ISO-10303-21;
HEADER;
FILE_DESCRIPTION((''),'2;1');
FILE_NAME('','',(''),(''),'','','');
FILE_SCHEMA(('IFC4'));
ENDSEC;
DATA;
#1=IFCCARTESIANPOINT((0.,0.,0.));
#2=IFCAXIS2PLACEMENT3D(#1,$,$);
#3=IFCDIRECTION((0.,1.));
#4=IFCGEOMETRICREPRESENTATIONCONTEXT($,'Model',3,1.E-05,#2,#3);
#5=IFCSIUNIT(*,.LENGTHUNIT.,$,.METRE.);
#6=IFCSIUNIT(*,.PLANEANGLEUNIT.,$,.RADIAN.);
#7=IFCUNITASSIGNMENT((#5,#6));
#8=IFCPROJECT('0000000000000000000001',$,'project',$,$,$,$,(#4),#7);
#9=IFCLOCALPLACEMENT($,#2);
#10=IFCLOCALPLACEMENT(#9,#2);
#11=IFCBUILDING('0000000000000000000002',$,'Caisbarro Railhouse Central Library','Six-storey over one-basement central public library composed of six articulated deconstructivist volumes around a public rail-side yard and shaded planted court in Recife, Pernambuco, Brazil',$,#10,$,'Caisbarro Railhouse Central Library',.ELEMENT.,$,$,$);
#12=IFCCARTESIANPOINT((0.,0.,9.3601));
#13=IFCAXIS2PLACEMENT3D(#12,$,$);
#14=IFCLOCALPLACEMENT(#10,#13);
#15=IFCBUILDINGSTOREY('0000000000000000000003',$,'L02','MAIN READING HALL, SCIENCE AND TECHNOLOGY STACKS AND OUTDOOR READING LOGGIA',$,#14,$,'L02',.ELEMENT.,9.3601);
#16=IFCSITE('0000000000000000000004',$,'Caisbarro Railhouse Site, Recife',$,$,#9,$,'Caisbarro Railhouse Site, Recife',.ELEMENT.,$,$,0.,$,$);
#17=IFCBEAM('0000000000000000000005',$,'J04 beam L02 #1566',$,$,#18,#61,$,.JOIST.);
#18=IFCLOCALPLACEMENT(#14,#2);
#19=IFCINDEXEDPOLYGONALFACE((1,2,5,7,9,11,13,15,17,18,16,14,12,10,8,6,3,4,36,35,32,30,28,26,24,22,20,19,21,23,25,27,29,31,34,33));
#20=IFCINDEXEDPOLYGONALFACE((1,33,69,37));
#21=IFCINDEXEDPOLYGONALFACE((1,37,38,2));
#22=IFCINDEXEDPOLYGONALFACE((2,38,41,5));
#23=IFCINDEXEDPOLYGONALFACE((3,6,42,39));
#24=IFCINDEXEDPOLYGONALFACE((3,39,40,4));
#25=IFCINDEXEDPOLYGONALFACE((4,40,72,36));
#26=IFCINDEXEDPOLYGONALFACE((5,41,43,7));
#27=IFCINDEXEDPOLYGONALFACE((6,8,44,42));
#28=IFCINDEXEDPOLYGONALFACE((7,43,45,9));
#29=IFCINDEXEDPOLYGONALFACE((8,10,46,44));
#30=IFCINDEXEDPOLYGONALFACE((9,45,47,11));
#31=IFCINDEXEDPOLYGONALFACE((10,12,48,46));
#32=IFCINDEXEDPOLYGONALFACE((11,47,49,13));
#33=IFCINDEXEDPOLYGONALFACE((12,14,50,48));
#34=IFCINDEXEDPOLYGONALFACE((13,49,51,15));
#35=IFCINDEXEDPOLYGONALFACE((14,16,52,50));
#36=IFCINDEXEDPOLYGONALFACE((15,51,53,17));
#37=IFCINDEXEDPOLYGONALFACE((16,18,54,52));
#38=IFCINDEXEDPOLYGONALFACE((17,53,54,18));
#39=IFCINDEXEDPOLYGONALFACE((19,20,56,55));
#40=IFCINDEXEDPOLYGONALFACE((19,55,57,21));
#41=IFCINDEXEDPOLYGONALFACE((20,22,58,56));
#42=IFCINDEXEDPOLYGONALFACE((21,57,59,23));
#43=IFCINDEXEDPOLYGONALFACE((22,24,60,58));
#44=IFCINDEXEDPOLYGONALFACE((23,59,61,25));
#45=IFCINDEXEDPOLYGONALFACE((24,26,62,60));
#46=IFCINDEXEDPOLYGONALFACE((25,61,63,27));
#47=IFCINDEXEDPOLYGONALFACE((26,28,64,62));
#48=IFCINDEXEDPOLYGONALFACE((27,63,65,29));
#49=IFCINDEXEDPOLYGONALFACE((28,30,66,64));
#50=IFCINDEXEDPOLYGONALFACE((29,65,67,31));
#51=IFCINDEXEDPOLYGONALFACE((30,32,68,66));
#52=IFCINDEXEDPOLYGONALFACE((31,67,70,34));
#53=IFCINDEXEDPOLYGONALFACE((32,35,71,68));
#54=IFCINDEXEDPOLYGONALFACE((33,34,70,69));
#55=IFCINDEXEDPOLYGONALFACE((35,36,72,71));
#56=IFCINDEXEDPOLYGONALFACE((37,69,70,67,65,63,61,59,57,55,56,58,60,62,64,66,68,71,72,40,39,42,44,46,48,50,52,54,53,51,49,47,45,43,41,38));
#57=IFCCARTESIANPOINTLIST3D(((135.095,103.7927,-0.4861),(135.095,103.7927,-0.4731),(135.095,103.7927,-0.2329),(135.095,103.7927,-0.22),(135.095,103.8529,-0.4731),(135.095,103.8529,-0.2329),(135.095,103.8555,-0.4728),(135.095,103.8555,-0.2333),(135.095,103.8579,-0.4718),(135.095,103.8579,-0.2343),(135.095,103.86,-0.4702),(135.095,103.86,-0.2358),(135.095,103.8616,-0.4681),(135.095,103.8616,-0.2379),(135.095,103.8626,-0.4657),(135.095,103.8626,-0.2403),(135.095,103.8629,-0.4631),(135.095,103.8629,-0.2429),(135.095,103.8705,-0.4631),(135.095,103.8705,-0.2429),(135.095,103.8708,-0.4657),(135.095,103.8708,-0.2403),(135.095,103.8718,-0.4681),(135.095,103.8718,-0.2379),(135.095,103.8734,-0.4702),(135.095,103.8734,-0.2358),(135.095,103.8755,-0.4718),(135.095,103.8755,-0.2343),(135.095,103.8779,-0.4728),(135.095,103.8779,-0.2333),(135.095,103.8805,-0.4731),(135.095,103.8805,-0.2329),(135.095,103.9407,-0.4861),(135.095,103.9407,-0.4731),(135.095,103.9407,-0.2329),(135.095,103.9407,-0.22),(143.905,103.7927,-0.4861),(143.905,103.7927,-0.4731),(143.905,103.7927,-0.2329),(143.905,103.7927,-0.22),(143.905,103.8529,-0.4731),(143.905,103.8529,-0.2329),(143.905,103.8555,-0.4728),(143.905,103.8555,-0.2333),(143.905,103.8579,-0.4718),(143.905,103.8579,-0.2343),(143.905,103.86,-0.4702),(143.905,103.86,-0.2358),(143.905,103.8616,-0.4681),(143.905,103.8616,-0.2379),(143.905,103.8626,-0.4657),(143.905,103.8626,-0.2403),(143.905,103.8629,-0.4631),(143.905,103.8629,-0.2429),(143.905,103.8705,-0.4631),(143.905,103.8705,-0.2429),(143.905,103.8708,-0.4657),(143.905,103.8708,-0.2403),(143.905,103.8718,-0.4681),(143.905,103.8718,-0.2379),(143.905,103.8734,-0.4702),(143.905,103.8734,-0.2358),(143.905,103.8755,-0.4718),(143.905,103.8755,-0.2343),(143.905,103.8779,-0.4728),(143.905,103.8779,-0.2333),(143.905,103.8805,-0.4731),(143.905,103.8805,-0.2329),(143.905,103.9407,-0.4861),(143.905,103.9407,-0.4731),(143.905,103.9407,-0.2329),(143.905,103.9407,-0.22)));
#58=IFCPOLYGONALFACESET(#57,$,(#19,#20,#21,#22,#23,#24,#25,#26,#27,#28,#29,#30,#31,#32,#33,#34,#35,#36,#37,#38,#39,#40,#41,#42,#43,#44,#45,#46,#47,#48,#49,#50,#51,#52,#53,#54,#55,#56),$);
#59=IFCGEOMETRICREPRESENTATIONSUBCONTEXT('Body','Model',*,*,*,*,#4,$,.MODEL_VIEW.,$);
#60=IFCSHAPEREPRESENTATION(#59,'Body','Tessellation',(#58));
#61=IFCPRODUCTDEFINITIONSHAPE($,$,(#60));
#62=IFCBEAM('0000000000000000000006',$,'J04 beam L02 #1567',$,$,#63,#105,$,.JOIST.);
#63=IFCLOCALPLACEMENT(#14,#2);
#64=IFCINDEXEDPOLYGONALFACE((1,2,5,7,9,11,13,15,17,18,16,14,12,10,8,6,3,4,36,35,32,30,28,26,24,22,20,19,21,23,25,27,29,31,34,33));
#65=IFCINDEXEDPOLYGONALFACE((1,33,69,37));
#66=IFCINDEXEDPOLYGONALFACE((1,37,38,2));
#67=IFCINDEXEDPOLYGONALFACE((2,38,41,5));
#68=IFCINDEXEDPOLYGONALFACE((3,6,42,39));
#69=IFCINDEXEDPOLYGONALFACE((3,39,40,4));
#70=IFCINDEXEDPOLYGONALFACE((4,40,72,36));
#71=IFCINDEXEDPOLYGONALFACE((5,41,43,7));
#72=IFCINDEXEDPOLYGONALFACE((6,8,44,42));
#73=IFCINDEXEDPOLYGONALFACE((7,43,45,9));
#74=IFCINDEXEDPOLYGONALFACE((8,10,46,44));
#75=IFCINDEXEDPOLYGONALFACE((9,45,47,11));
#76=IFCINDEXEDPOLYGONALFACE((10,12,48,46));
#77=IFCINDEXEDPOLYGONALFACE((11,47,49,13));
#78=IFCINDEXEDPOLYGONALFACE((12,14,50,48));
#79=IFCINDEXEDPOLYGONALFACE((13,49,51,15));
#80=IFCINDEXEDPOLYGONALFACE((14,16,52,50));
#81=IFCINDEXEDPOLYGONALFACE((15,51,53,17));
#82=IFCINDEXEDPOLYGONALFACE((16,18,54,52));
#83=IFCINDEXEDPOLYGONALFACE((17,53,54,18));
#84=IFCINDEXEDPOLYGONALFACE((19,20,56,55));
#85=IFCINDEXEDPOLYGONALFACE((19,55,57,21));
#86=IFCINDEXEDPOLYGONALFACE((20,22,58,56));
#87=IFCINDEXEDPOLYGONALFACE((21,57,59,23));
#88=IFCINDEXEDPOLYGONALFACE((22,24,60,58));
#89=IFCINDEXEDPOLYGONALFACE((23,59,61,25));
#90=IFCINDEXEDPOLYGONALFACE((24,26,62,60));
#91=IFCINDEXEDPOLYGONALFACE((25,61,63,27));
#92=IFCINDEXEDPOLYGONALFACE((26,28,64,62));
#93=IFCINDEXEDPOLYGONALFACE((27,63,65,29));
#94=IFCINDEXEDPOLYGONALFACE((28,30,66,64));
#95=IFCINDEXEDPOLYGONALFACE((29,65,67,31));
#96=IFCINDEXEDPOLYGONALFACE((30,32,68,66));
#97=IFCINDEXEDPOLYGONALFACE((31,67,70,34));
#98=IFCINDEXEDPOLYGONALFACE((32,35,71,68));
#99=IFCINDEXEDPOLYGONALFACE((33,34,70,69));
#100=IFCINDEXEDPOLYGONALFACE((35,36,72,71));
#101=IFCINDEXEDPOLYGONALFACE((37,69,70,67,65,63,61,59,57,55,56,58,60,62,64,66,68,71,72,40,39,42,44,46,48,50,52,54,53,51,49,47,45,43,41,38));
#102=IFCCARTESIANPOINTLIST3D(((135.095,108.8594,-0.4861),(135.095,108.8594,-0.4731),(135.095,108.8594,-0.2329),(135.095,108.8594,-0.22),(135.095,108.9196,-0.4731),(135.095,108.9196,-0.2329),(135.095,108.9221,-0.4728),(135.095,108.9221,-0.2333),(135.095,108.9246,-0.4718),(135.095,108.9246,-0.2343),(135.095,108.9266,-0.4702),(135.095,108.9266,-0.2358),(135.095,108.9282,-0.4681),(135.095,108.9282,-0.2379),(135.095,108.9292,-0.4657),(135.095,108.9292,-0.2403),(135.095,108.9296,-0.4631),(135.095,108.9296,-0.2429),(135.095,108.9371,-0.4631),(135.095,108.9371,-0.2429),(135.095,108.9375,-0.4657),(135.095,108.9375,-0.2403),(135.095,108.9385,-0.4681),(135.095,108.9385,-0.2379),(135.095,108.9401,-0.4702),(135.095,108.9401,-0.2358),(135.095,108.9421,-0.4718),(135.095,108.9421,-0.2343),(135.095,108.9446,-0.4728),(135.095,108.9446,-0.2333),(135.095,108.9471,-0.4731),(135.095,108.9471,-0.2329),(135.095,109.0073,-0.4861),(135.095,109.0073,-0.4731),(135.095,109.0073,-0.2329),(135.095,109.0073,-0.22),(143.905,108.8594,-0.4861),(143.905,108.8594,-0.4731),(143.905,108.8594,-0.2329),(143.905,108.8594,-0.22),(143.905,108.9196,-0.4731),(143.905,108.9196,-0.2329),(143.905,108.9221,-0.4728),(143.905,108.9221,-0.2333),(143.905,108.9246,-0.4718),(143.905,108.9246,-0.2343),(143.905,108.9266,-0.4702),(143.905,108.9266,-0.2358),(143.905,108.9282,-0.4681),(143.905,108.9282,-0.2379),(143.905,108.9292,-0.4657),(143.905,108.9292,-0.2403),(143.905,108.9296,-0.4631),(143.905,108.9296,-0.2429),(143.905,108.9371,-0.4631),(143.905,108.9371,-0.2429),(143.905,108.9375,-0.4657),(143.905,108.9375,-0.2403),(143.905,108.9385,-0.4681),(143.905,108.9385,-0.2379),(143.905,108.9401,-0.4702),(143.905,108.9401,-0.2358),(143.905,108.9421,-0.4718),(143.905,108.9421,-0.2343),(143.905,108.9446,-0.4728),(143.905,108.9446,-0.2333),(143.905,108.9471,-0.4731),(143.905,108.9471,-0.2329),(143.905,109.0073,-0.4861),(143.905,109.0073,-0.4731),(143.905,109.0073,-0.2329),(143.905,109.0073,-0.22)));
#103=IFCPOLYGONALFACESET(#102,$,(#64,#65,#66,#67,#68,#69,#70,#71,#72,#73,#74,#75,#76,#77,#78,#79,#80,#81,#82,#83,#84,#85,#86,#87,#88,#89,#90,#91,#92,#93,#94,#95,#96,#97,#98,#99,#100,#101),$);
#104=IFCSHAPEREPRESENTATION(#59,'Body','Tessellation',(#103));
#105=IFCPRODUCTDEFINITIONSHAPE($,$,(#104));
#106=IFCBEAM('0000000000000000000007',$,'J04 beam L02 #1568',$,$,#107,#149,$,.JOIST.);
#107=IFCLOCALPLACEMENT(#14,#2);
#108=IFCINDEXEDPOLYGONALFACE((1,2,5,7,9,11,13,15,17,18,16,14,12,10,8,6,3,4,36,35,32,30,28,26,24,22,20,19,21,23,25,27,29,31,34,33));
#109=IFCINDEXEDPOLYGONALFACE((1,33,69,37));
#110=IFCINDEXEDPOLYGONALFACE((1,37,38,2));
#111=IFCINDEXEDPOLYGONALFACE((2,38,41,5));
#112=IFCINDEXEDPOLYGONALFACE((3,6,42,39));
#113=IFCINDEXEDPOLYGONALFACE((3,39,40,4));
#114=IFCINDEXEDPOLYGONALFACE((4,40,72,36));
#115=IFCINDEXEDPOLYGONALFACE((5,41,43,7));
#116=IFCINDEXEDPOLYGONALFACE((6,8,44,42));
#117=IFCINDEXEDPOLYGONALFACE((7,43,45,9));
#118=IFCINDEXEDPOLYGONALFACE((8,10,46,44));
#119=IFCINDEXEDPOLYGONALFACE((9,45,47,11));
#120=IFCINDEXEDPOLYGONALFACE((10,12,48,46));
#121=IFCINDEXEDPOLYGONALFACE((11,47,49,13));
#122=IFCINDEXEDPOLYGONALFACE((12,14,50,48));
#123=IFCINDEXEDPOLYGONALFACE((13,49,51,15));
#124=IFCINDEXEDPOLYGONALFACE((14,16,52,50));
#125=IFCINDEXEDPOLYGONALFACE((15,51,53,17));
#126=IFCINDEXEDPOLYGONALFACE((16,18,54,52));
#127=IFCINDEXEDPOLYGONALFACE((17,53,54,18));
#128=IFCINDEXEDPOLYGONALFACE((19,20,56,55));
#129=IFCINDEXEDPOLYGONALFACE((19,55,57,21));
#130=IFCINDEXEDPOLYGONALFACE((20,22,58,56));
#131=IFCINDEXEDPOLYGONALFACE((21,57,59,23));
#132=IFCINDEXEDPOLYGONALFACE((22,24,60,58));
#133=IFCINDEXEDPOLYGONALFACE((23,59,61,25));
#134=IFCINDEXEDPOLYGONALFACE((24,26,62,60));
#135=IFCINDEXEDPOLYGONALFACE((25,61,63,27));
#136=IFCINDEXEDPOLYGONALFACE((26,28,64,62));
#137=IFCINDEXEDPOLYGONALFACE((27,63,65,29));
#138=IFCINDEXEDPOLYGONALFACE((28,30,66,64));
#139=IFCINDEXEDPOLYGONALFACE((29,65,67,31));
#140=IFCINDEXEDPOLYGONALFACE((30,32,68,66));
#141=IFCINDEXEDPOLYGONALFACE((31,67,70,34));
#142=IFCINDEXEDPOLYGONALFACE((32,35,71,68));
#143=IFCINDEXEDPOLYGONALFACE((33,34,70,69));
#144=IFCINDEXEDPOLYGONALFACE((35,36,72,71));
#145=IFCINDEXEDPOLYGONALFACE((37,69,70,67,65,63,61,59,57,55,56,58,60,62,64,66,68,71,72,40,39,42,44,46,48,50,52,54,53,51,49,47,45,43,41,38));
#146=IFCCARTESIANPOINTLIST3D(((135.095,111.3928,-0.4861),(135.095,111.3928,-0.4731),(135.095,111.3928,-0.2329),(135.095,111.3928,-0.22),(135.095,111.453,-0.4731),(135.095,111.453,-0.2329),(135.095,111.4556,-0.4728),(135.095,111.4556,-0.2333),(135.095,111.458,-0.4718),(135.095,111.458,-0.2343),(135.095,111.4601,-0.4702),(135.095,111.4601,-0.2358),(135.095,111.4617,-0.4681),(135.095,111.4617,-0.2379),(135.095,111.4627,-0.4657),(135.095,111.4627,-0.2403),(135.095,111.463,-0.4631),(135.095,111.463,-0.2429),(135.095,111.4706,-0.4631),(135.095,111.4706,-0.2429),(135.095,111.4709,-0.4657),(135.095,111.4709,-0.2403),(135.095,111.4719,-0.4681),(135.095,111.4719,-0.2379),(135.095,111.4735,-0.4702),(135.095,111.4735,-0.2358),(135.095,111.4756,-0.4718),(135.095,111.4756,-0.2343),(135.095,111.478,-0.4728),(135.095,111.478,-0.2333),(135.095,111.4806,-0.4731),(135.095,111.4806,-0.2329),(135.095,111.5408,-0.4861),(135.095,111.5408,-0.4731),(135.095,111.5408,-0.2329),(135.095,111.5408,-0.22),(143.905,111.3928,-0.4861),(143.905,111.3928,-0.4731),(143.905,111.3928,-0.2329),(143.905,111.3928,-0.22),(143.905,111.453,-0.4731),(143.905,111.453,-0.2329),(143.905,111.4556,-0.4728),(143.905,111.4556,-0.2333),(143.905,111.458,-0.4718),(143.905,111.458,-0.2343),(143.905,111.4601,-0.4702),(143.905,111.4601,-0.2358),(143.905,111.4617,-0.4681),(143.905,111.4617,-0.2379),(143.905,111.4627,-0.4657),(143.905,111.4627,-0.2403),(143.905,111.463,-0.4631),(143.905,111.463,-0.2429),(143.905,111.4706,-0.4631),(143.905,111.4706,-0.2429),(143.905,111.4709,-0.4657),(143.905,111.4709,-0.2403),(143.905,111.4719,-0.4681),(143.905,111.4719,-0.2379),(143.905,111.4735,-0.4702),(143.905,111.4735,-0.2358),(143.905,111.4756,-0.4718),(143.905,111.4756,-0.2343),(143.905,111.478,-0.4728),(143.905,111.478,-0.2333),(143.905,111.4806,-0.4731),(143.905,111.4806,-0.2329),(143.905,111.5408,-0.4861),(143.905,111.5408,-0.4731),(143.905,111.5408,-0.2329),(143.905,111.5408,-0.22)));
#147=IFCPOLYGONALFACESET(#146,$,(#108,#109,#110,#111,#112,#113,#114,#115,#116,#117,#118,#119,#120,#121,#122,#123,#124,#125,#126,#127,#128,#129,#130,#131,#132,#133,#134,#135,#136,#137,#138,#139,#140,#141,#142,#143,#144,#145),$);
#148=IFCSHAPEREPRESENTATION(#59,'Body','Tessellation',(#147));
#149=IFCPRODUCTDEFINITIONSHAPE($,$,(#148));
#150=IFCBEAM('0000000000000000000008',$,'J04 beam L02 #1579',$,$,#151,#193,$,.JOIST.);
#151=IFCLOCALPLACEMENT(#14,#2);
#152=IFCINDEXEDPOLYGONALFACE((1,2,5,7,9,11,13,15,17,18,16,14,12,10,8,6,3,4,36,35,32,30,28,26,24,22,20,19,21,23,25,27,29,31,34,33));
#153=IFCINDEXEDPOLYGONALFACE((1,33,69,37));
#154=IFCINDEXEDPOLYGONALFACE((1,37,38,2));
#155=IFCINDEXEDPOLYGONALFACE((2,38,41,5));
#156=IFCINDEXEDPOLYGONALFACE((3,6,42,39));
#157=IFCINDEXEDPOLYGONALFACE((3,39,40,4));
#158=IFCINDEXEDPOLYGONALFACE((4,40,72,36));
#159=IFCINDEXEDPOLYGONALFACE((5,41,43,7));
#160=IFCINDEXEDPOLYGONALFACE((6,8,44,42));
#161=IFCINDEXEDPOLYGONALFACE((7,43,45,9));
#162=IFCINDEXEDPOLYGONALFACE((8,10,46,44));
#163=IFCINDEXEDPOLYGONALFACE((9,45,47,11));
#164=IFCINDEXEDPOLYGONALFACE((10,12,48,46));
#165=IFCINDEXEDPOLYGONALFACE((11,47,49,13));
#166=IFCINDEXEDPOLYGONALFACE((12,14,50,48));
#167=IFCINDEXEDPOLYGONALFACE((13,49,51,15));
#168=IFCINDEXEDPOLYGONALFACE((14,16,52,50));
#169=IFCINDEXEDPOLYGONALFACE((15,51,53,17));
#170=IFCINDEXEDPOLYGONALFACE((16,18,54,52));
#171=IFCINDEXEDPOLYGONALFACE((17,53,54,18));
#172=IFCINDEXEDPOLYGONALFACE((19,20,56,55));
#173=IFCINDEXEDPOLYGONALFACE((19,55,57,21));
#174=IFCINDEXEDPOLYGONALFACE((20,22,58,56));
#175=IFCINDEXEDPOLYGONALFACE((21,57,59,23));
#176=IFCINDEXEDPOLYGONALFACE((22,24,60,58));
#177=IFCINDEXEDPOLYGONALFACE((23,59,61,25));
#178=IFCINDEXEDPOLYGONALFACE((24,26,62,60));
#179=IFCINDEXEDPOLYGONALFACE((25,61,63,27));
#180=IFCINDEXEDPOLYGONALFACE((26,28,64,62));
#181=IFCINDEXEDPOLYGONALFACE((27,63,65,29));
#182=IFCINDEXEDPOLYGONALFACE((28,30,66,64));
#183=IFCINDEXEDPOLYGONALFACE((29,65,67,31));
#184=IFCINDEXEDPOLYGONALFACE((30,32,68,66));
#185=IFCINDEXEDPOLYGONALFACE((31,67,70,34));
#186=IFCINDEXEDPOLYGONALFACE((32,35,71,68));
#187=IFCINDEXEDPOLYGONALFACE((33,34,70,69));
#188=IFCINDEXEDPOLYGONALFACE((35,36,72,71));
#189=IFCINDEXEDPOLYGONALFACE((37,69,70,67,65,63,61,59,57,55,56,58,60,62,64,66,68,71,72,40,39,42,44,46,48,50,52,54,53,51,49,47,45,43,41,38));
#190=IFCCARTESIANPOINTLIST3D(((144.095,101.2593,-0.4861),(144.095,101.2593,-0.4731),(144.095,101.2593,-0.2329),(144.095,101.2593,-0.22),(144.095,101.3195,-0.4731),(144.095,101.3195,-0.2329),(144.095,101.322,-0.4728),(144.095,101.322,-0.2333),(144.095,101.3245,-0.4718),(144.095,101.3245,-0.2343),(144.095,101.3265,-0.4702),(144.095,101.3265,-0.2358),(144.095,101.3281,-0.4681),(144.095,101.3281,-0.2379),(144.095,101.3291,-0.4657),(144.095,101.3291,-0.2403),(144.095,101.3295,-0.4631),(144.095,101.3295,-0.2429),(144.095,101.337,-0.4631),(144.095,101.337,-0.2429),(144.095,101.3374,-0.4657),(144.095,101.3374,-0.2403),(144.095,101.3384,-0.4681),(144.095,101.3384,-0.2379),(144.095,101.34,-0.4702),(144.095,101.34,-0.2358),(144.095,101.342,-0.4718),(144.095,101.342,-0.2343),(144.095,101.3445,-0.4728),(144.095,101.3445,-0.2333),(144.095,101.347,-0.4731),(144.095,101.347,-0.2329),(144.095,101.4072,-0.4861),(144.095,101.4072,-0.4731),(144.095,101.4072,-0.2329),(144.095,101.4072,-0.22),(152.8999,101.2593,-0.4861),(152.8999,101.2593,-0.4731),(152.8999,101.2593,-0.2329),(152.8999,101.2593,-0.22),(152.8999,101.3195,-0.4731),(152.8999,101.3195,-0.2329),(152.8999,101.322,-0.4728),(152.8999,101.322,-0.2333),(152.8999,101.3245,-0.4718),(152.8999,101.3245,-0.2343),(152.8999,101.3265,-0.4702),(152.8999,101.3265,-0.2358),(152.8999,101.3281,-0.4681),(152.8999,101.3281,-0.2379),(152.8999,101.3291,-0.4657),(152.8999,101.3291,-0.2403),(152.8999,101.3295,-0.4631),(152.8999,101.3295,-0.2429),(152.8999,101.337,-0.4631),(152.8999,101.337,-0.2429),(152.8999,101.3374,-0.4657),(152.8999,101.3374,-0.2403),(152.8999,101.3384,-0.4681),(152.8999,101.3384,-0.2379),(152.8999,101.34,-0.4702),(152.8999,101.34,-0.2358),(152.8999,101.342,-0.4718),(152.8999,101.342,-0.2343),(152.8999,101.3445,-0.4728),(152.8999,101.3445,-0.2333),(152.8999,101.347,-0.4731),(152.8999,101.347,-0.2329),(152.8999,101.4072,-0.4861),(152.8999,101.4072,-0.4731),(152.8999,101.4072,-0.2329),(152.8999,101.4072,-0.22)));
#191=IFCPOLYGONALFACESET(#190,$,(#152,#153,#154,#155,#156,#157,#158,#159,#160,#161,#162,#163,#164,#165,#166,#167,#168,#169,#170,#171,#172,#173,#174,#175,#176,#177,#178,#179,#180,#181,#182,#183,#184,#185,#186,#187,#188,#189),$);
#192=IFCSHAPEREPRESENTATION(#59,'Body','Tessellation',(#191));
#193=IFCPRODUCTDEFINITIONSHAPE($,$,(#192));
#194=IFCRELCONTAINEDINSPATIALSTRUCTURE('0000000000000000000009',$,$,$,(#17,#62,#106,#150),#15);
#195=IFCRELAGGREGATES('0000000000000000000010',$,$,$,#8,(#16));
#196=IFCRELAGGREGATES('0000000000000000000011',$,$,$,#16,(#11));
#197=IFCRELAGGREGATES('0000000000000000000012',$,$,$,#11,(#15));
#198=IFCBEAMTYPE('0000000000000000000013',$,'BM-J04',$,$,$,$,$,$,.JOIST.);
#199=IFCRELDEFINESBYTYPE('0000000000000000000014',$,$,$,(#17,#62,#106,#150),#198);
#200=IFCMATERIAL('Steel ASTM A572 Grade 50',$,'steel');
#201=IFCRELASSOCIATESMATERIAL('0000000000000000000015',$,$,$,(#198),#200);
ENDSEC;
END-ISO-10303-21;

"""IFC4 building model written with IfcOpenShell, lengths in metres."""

from ifc_helpers import new_model, si_unit, direction, frame, origin, origin_2d, place, context, subcontext, project, spatial, i_section, extrude, material, material_profile, profile_set, type_object, element, save


model = new_model("IFC4")

# Units and contexts
model_context = context("Model", 3, precision=1e-05, world=origin(), true_north=direction((0.0, 1.0)))
body_context = subcontext(model_context, "Body", "Model", "MODEL_VIEW")
ifc_project = project(units=[si_unit("LENGTHUNIT", "METRE"), si_unit("PLANEANGLEUNIT", "RADIAN")], contexts=[model_context])

# Site, building, storey
site_placement = place(None, origin())
site = spatial("IfcSite", under=ifc_project, at=site_placement, Name="Caisbarro Railhouse Site, Recife", LongName="Caisbarro Railhouse Site, Recife", CompositionType="ELEMENT", RefElevation=0.0)
building_placement = place(site_placement, origin())
building = spatial("IfcBuilding", under=site, at=building_placement, Name="Caisbarro Railhouse Central Library", Description="Six-storey over one-basement central public library composed of six articulated deconstructivist volumes around a public rail-side yard and shaded planted court in Recife, Pernambuco, Brazil", LongName="Caisbarro Railhouse Central Library", CompositionType="ELEMENT")
storey_placement = place(building_placement, frame((0.0, 0.0, 9.3601)))
storey = spatial("IfcBuildingStorey", under=building, at=storey_placement, Name="L02", Description="MAIN READING HALL, SCIENCE AND TECHNOLOGY STACKS AND OUTDOOR READING LOGGIA", LongName="L02", CompositionType="ELEMENT", Elevation=9.3601)

# Shared definitions
ifc_material_1 = material(Name="Steel ASTM A572 Grade 50", Category="steel")

# Beams
ifc_material_profile_1 = material_profile(ifc_material_1, i_section(OverallWidth=0.1479, OverallDepth=0.2661, WebThickness=0.0076, FlangeThickness=0.0129, FilletRadius=0.01, at=origin_2d()), Name="W250X44.8")
ifc_profile_set_1 = profile_set([ifc_material_profile_1], Name="Steel ASTM A572 Grade 50")
beam_type_1 = type_object("IfcBeamType", Name="BM-J04", PredefinedType="JOIST", material=ifc_profile_set_1)
for number, where, z_axis, x_axis, name in (
    (1, (135.095, 103.8667, -0.353), (1.0, 0.0, 0.0), (0.0, 1.0, 0.0), "J04 beam L02 #1566"),
    (2, (135.095, 108.9333, -0.353), (1.0, 0.0, 0.0), (0.0, 1.0, 0.0), "J04 beam L02 #1567"),
    (3, (135.095, 111.4668, -0.353), (1.0, 0.0, 0.0), (0.0, 1.0, 0.0), "J04 beam L02 #1568"),
):
    element("IfcBeam", number, at=place(storey_placement, frame(where, z_axis=z_axis, x_axis=x_axis)), inside=storey, type_object=beam_type_1, Name=name, PredefinedType="JOIST", context=body_context, shape_type="SweptSolid", body=[
        extrude(i_section(OverallWidth=0.1479, OverallDepth=0.2661, WebThickness=0.0076, FlangeThickness=0.0129, FilletRadius=0.01, at=origin_2d()), origin(), (0.0, 0.0, 1.0), 8.8101),
    ])
for number, where, z_axis, x_axis, name in (
    (4, (144.095, 101.3333, -0.353), (1.0, 0.0, 0.0), (0.0, 1.0, 0.0), "J04 beam L02 #1579"),
):
    element("IfcBeam", number, at=place(storey_placement, frame(where, z_axis=z_axis, x_axis=x_axis)), inside=storey, type_object=beam_type_1, Name=name, PredefinedType="JOIST", context=body_context, shape_type="SweptSolid", body=[
        extrude(i_section(OverallWidth=0.1479, OverallDepth=0.2661, WebThickness=0.0076, FlangeThickness=0.0129, FilletRadius=0.01, at=origin_2d()), origin(), (0.0, 0.0, 1.0), 8.8049),
    ])

save(model, "model.ifc")
